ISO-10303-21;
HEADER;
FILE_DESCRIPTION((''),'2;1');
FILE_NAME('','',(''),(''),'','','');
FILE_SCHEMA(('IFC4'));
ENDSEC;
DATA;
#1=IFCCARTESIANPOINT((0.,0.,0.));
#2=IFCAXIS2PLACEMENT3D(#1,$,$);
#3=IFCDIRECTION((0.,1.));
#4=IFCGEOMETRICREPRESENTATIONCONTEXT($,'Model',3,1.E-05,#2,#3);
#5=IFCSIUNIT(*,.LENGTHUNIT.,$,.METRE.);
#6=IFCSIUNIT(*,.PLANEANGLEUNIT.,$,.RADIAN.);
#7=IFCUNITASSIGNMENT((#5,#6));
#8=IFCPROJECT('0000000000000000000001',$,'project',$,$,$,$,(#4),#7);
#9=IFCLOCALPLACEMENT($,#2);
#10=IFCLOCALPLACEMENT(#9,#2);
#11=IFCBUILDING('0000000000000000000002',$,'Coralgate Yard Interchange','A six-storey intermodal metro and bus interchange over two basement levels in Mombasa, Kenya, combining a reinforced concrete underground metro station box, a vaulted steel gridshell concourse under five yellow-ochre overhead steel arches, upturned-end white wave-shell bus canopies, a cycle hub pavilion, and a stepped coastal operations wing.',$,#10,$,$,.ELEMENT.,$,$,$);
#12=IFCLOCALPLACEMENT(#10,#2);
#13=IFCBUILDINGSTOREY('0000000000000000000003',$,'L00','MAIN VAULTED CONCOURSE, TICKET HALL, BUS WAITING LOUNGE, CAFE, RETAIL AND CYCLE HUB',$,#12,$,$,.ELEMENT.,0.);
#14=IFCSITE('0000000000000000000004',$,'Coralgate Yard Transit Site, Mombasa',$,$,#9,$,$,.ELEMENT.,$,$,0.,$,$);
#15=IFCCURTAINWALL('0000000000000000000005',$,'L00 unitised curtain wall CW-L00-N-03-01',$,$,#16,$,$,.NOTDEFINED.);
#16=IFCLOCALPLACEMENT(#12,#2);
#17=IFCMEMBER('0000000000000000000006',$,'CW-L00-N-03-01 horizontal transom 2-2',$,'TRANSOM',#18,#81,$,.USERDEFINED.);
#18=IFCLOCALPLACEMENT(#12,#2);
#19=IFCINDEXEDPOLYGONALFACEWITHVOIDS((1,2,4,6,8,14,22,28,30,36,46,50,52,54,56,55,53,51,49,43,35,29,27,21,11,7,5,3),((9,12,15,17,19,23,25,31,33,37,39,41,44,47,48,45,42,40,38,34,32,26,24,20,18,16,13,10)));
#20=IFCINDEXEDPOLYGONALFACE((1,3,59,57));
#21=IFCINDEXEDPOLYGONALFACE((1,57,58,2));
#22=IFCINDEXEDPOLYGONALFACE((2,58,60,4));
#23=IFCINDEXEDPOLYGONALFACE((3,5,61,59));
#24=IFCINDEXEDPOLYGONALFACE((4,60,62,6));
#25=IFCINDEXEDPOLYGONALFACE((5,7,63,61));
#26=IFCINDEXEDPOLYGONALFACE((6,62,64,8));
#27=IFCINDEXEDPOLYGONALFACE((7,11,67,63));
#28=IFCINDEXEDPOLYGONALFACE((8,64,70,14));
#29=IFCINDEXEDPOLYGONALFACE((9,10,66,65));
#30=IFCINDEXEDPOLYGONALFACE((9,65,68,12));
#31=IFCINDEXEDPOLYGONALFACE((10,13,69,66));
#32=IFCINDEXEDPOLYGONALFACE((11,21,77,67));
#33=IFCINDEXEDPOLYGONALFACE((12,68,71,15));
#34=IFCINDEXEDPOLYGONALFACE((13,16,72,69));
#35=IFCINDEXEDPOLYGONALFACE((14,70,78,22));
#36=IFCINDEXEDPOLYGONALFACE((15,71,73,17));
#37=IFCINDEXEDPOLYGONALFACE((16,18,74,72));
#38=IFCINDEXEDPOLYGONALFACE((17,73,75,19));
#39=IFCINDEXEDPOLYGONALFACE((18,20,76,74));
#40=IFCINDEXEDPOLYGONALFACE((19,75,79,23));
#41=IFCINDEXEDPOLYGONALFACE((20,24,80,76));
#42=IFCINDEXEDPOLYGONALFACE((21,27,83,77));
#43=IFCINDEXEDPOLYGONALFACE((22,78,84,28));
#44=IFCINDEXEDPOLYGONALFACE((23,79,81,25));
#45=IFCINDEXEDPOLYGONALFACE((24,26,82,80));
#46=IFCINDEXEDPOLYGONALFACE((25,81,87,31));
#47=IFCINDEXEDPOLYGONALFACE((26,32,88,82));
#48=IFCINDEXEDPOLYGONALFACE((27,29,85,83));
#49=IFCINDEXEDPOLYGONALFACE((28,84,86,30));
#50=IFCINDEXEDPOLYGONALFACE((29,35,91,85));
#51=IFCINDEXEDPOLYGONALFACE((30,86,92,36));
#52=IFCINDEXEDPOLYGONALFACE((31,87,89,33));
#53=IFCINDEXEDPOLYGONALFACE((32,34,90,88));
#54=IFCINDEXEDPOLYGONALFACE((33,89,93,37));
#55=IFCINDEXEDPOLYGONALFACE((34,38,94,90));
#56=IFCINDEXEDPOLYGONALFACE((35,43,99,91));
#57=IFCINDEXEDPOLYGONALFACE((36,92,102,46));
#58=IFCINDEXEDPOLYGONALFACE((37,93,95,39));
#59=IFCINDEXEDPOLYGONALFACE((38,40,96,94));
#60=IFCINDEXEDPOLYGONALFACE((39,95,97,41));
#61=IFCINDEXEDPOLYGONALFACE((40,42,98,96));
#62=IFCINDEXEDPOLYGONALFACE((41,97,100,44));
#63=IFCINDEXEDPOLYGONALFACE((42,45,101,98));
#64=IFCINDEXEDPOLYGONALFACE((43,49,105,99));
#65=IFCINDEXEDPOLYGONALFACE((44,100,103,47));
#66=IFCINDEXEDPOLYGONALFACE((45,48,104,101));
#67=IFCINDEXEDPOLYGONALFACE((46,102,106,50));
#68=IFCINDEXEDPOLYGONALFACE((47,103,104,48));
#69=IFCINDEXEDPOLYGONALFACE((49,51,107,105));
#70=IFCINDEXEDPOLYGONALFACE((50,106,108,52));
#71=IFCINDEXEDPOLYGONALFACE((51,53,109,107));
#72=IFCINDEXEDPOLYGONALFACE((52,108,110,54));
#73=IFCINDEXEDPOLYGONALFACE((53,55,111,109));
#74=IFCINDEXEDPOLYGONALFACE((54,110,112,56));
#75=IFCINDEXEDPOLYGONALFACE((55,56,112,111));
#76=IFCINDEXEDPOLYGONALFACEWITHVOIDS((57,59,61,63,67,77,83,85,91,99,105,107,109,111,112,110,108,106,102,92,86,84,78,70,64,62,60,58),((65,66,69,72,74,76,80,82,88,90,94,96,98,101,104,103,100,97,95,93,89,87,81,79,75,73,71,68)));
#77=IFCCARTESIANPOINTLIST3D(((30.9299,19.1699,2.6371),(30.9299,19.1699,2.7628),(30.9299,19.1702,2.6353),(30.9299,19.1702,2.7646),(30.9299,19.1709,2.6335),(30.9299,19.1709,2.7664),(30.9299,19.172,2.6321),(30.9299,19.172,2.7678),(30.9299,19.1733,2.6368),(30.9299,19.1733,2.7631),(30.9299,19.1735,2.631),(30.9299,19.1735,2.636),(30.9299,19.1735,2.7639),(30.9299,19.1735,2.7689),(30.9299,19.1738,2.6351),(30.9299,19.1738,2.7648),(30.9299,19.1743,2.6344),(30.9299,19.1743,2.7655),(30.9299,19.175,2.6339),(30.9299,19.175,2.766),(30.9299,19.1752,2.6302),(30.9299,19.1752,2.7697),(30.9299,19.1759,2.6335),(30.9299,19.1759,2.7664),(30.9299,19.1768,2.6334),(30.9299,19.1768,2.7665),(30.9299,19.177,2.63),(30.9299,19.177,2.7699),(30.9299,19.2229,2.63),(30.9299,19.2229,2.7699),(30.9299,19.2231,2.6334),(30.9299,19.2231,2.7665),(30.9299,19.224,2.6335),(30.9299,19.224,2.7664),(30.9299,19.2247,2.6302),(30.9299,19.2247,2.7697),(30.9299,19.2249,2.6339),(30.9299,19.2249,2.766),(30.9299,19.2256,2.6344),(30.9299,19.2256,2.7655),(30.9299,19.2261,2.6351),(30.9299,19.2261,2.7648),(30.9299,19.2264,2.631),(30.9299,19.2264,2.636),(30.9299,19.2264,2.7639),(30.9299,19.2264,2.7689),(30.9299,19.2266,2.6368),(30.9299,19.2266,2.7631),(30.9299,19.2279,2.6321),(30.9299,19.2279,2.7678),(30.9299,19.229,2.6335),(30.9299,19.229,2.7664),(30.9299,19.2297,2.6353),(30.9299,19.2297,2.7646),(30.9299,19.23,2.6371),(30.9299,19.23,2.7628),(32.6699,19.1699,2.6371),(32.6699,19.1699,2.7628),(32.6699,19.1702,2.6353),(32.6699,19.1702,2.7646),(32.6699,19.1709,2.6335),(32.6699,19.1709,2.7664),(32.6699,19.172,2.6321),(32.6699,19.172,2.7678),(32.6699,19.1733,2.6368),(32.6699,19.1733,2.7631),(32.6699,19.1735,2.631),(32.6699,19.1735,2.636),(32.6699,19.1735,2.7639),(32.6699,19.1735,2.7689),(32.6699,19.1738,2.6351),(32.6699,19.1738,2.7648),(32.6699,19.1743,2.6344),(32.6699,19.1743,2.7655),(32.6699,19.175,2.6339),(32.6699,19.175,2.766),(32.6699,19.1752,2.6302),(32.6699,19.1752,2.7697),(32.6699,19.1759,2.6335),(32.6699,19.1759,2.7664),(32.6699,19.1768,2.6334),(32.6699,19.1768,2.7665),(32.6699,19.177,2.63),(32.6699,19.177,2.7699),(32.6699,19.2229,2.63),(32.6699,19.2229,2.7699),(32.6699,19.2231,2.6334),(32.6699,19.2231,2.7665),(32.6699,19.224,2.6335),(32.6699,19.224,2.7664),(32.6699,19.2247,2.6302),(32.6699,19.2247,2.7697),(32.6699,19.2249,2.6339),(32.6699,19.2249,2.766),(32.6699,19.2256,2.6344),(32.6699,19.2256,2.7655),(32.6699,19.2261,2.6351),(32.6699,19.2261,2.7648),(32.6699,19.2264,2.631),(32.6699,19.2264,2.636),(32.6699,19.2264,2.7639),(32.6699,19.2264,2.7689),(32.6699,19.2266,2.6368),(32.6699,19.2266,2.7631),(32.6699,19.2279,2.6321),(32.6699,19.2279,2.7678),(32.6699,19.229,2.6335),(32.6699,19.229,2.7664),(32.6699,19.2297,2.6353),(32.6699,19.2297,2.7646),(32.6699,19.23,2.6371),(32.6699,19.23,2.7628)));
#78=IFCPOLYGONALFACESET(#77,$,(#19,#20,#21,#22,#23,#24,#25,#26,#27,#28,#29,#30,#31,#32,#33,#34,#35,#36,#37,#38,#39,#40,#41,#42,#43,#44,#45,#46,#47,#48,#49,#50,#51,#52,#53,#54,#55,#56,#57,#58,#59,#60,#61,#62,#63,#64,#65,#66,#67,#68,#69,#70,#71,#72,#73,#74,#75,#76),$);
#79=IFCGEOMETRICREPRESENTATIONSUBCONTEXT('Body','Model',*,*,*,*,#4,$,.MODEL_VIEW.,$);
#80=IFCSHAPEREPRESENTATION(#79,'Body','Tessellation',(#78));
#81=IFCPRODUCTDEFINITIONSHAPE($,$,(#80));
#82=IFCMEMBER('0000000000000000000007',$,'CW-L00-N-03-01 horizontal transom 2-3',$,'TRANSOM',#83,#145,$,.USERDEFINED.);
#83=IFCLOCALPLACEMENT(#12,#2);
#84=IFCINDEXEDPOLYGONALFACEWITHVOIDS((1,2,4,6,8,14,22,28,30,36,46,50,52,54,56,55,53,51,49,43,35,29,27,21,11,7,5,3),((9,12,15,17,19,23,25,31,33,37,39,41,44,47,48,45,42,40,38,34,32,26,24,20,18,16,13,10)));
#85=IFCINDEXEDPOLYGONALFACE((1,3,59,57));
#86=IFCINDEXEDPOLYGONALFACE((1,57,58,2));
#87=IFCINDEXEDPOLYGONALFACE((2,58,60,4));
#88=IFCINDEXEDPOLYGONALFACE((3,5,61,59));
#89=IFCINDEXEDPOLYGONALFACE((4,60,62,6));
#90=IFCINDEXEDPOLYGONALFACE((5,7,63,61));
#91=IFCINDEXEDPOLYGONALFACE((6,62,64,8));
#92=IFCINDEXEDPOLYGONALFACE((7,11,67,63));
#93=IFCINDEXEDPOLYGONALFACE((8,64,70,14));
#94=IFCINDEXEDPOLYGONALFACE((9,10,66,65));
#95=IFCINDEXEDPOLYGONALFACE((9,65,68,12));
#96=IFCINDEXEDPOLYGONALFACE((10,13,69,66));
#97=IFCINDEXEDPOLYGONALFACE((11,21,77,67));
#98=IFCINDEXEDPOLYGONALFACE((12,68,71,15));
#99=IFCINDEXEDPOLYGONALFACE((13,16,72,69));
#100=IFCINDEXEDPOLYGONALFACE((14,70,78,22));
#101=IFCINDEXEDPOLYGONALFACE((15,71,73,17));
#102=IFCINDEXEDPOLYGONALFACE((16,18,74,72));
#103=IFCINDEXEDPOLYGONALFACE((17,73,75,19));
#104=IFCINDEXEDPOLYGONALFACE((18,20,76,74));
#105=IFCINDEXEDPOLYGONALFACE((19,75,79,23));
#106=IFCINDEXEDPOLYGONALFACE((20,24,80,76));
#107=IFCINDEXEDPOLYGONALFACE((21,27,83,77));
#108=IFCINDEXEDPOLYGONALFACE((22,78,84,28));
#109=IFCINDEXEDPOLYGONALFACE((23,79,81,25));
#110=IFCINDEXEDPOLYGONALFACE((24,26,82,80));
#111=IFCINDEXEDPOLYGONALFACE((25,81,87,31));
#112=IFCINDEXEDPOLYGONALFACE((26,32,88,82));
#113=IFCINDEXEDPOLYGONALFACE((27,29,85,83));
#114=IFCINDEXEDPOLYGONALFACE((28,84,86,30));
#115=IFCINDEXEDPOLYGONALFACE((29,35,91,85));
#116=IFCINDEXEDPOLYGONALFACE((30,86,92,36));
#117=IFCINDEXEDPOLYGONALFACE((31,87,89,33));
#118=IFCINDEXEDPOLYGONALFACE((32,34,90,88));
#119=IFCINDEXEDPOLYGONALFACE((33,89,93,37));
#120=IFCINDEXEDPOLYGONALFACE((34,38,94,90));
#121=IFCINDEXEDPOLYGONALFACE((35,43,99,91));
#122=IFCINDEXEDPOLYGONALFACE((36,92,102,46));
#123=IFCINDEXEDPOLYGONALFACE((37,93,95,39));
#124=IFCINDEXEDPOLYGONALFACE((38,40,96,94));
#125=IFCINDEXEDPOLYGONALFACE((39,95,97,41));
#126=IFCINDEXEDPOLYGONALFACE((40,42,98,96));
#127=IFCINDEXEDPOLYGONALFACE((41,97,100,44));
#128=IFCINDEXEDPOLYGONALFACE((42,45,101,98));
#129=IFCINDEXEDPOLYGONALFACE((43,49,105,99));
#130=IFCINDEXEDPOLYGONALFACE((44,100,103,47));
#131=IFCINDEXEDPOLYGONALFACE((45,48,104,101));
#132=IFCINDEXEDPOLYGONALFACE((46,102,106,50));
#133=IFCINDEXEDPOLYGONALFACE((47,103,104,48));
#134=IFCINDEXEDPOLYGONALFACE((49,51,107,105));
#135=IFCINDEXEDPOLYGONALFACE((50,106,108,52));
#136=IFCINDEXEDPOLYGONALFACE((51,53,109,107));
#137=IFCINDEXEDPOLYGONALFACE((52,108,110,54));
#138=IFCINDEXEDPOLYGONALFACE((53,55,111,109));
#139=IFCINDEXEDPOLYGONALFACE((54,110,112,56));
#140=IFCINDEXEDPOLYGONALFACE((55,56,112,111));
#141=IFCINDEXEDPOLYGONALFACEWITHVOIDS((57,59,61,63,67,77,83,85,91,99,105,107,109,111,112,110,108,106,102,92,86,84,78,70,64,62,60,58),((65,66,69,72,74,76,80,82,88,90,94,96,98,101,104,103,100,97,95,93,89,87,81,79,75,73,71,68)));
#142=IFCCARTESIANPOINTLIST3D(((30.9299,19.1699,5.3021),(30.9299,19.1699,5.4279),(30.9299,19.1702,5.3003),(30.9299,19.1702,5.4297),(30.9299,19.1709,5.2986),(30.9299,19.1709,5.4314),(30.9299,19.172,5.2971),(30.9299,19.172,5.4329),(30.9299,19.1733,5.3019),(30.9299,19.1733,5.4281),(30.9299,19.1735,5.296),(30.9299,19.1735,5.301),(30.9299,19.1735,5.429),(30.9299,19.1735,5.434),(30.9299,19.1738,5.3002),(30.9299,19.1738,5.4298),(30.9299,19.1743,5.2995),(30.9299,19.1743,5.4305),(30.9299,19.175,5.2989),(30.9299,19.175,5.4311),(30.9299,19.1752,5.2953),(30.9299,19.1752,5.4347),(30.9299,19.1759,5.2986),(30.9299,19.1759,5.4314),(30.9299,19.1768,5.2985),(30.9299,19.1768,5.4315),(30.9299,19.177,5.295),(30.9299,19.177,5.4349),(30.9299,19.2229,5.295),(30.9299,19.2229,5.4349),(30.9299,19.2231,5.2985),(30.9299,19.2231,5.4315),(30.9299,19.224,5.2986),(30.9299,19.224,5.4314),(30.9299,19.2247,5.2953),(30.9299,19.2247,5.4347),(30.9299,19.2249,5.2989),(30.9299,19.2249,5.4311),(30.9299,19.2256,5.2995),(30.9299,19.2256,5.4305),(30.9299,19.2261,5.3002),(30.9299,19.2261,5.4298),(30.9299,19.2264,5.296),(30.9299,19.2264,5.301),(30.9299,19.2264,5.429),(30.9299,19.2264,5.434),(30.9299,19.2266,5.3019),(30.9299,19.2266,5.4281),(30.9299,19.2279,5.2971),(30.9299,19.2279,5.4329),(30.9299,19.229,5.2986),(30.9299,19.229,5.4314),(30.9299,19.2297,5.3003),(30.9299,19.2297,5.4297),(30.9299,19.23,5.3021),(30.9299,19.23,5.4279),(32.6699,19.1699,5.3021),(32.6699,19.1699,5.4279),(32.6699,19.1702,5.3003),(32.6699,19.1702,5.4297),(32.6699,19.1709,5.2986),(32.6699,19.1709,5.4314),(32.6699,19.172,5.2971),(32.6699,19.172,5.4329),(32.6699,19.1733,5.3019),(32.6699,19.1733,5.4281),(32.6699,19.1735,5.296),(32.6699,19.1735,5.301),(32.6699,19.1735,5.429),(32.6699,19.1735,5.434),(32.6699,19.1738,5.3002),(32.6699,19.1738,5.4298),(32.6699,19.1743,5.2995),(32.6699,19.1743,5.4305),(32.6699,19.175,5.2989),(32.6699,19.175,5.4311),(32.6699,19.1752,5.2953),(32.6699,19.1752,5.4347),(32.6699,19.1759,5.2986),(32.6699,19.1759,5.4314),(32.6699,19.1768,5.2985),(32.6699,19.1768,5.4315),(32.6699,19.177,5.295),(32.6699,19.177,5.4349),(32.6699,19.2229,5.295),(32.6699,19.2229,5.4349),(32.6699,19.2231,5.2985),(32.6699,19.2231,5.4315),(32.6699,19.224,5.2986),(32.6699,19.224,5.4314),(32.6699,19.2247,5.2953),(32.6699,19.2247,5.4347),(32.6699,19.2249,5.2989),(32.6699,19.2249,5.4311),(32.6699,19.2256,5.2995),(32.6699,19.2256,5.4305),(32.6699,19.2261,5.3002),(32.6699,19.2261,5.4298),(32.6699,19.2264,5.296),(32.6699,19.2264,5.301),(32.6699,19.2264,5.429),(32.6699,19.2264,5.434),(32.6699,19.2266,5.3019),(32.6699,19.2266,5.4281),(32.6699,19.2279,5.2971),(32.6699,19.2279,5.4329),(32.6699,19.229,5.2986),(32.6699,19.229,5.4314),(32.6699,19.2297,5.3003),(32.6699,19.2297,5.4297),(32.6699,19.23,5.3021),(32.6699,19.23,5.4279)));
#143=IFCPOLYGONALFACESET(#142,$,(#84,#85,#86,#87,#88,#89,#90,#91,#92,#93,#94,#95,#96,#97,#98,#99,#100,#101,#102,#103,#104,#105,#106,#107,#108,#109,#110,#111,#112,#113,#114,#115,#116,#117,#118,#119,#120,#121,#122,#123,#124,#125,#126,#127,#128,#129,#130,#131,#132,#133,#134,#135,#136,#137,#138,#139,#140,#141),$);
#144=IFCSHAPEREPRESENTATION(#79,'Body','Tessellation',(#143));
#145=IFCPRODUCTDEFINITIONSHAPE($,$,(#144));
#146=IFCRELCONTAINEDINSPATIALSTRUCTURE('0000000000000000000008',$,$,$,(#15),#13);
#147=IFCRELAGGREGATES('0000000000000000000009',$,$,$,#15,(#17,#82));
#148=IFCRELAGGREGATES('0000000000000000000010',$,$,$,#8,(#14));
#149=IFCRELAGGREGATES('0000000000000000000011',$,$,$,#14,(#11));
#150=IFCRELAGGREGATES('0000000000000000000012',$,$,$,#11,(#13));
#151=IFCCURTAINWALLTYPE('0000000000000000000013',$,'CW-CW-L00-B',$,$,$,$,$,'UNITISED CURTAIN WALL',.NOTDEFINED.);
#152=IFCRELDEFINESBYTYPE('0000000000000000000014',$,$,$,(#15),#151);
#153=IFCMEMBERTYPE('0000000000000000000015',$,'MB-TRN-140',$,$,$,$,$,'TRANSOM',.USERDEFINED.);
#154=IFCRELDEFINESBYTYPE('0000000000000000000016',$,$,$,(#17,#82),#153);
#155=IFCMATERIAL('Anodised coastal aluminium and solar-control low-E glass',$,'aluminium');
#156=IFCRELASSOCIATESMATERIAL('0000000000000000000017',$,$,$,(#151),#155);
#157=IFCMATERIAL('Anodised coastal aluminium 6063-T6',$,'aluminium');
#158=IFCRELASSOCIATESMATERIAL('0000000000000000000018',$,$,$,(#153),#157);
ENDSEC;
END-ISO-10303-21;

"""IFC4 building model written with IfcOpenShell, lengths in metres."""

from ifc_helpers import new_model, si_unit, direction, frame, origin, origin_2d, place, context, subcontext, project, spatial, hollow_rectangle, extrude, material, material_profile, profile_set, type_object, element, aggregate, save


model = new_model("IFC4")

# Units and contexts
model_context = context("Model", 3, precision=1e-05, world=origin(), true_north=direction((0.0, 1.0)))
body_context = subcontext(model_context, "Body", "Model", "MODEL_VIEW")
ifc_project = project(units=[si_unit("LENGTHUNIT", "METRE"), si_unit("PLANEANGLEUNIT", "RADIAN")], contexts=[model_context])

# Site, building, storey
site_placement = place(None, origin())
site = spatial("IfcSite", under=ifc_project, at=site_placement, Name="Coralgate Yard Transit Site, Mombasa", CompositionType="ELEMENT", RefElevation=0.0)
building_placement = place(site_placement, origin())
building = spatial("IfcBuilding", under=site, at=building_placement, Name="Coralgate Yard Interchange", Description="A six-storey intermodal metro and bus interchange over two basement levels in Mombasa, Kenya, combining a reinforced concrete underground metro station box, a vaulted steel gridshell concourse under five yellow-ochre overhead steel arches, upturned-end white wave-shell bus canopies, a cycle hub pavilion, and a stepped coastal operations wing.", CompositionType="ELEMENT")
storey_placement = place(building_placement, origin())
storey = spatial("IfcBuildingStorey", under=building, at=storey_placement, Name="L00", Description="MAIN VAULTED CONCOURSE, TICKET HALL, BUS WAITING LOUNGE, CAFE, RETAIL AND CYCLE HUB", CompositionType="ELEMENT", Elevation=0.0)

# Curtain wall, members
ifc_material_1 = material(Name="Anodised coastal aluminium and solar-control low-E glass", Category="aluminium")
curtain_wall_type = type_object("IfcCurtainWallType", Name="CW-CW-L00-B", ElementType="UNITISED CURTAIN WALL", PredefinedType="NOTDEFINED", material=ifc_material_1)
curtain_wall_placement = place(storey_placement, origin())
curtain_wall = element("IfcCurtainWall", 1, at=curtain_wall_placement, inside=storey, type_object=curtain_wall_type, Name="L00 unitised curtain wall CW-L00-N-03-01", PredefinedType="NOTDEFINED")
ifc_material_2 = material(Name="Anodised coastal aluminium 6063-T6", Category="aluminium")
ifc_material_profile_1 = material_profile(ifc_material_2, hollow_rectangle(XDim=0.0601, YDim=0.1399, WallThickness=0.0034, InnerFilletRadius=0.0034, OuterFilletRadius=0.0071, at=origin_2d()), Name="ALU 60x140x3.5")
ifc_profile_set_1 = profile_set([ifc_material_profile_1], Name="Anodised coastal aluminium 6063-T6")
member_type_1 = type_object("IfcMemberType", Name="MB-TRN-140", ElementType="TRANSOM", PredefinedType="USERDEFINED", material=ifc_profile_set_1)
member_1_placement = place(storey_placement, frame((30.9299, 19.2, 2.7), z_axis=(1.0, 0.0, 0.0), x_axis=(0.0, 1.0, 0.0)))
member_1 = element("IfcMember", 2, at=member_1_placement, type_object=member_type_1, Name="CW-L00-N-03-01 horizontal transom 2-2", ObjectType="TRANSOM", PredefinedType="USERDEFINED", context=body_context, shape_type="SweptSolid", body=[
    extrude(hollow_rectangle(XDim=0.0601, YDim=0.1399, WallThickness=0.0034, InnerFilletRadius=0.0034, OuterFilletRadius=0.0071, at=origin_2d()), origin(), (0.0, 0.0, 1.0), 1.74),
])
member_2_placement = place(storey_placement, frame((30.9299, 19.2, 5.365), z_axis=(1.0, 0.0, 0.0), x_axis=(0.0, 1.0, 0.0)))
member_2 = element("IfcMember", 3, at=member_2_placement, type_object=member_type_1, Name="CW-L00-N-03-01 horizontal transom 2-3", ObjectType="TRANSOM", PredefinedType="USERDEFINED", context=body_context, shape_type="SweptSolid", body=[
    extrude(hollow_rectangle(XDim=0.0601, YDim=0.1399, WallThickness=0.0034, InnerFilletRadius=0.0034, OuterFilletRadius=0.0071, at=origin_2d()), origin(), (0.0, 0.0, 1.0), 1.74),
])
aggregate(curtain_wall, [member_1, member_2])

save(model, "model.ifc")
